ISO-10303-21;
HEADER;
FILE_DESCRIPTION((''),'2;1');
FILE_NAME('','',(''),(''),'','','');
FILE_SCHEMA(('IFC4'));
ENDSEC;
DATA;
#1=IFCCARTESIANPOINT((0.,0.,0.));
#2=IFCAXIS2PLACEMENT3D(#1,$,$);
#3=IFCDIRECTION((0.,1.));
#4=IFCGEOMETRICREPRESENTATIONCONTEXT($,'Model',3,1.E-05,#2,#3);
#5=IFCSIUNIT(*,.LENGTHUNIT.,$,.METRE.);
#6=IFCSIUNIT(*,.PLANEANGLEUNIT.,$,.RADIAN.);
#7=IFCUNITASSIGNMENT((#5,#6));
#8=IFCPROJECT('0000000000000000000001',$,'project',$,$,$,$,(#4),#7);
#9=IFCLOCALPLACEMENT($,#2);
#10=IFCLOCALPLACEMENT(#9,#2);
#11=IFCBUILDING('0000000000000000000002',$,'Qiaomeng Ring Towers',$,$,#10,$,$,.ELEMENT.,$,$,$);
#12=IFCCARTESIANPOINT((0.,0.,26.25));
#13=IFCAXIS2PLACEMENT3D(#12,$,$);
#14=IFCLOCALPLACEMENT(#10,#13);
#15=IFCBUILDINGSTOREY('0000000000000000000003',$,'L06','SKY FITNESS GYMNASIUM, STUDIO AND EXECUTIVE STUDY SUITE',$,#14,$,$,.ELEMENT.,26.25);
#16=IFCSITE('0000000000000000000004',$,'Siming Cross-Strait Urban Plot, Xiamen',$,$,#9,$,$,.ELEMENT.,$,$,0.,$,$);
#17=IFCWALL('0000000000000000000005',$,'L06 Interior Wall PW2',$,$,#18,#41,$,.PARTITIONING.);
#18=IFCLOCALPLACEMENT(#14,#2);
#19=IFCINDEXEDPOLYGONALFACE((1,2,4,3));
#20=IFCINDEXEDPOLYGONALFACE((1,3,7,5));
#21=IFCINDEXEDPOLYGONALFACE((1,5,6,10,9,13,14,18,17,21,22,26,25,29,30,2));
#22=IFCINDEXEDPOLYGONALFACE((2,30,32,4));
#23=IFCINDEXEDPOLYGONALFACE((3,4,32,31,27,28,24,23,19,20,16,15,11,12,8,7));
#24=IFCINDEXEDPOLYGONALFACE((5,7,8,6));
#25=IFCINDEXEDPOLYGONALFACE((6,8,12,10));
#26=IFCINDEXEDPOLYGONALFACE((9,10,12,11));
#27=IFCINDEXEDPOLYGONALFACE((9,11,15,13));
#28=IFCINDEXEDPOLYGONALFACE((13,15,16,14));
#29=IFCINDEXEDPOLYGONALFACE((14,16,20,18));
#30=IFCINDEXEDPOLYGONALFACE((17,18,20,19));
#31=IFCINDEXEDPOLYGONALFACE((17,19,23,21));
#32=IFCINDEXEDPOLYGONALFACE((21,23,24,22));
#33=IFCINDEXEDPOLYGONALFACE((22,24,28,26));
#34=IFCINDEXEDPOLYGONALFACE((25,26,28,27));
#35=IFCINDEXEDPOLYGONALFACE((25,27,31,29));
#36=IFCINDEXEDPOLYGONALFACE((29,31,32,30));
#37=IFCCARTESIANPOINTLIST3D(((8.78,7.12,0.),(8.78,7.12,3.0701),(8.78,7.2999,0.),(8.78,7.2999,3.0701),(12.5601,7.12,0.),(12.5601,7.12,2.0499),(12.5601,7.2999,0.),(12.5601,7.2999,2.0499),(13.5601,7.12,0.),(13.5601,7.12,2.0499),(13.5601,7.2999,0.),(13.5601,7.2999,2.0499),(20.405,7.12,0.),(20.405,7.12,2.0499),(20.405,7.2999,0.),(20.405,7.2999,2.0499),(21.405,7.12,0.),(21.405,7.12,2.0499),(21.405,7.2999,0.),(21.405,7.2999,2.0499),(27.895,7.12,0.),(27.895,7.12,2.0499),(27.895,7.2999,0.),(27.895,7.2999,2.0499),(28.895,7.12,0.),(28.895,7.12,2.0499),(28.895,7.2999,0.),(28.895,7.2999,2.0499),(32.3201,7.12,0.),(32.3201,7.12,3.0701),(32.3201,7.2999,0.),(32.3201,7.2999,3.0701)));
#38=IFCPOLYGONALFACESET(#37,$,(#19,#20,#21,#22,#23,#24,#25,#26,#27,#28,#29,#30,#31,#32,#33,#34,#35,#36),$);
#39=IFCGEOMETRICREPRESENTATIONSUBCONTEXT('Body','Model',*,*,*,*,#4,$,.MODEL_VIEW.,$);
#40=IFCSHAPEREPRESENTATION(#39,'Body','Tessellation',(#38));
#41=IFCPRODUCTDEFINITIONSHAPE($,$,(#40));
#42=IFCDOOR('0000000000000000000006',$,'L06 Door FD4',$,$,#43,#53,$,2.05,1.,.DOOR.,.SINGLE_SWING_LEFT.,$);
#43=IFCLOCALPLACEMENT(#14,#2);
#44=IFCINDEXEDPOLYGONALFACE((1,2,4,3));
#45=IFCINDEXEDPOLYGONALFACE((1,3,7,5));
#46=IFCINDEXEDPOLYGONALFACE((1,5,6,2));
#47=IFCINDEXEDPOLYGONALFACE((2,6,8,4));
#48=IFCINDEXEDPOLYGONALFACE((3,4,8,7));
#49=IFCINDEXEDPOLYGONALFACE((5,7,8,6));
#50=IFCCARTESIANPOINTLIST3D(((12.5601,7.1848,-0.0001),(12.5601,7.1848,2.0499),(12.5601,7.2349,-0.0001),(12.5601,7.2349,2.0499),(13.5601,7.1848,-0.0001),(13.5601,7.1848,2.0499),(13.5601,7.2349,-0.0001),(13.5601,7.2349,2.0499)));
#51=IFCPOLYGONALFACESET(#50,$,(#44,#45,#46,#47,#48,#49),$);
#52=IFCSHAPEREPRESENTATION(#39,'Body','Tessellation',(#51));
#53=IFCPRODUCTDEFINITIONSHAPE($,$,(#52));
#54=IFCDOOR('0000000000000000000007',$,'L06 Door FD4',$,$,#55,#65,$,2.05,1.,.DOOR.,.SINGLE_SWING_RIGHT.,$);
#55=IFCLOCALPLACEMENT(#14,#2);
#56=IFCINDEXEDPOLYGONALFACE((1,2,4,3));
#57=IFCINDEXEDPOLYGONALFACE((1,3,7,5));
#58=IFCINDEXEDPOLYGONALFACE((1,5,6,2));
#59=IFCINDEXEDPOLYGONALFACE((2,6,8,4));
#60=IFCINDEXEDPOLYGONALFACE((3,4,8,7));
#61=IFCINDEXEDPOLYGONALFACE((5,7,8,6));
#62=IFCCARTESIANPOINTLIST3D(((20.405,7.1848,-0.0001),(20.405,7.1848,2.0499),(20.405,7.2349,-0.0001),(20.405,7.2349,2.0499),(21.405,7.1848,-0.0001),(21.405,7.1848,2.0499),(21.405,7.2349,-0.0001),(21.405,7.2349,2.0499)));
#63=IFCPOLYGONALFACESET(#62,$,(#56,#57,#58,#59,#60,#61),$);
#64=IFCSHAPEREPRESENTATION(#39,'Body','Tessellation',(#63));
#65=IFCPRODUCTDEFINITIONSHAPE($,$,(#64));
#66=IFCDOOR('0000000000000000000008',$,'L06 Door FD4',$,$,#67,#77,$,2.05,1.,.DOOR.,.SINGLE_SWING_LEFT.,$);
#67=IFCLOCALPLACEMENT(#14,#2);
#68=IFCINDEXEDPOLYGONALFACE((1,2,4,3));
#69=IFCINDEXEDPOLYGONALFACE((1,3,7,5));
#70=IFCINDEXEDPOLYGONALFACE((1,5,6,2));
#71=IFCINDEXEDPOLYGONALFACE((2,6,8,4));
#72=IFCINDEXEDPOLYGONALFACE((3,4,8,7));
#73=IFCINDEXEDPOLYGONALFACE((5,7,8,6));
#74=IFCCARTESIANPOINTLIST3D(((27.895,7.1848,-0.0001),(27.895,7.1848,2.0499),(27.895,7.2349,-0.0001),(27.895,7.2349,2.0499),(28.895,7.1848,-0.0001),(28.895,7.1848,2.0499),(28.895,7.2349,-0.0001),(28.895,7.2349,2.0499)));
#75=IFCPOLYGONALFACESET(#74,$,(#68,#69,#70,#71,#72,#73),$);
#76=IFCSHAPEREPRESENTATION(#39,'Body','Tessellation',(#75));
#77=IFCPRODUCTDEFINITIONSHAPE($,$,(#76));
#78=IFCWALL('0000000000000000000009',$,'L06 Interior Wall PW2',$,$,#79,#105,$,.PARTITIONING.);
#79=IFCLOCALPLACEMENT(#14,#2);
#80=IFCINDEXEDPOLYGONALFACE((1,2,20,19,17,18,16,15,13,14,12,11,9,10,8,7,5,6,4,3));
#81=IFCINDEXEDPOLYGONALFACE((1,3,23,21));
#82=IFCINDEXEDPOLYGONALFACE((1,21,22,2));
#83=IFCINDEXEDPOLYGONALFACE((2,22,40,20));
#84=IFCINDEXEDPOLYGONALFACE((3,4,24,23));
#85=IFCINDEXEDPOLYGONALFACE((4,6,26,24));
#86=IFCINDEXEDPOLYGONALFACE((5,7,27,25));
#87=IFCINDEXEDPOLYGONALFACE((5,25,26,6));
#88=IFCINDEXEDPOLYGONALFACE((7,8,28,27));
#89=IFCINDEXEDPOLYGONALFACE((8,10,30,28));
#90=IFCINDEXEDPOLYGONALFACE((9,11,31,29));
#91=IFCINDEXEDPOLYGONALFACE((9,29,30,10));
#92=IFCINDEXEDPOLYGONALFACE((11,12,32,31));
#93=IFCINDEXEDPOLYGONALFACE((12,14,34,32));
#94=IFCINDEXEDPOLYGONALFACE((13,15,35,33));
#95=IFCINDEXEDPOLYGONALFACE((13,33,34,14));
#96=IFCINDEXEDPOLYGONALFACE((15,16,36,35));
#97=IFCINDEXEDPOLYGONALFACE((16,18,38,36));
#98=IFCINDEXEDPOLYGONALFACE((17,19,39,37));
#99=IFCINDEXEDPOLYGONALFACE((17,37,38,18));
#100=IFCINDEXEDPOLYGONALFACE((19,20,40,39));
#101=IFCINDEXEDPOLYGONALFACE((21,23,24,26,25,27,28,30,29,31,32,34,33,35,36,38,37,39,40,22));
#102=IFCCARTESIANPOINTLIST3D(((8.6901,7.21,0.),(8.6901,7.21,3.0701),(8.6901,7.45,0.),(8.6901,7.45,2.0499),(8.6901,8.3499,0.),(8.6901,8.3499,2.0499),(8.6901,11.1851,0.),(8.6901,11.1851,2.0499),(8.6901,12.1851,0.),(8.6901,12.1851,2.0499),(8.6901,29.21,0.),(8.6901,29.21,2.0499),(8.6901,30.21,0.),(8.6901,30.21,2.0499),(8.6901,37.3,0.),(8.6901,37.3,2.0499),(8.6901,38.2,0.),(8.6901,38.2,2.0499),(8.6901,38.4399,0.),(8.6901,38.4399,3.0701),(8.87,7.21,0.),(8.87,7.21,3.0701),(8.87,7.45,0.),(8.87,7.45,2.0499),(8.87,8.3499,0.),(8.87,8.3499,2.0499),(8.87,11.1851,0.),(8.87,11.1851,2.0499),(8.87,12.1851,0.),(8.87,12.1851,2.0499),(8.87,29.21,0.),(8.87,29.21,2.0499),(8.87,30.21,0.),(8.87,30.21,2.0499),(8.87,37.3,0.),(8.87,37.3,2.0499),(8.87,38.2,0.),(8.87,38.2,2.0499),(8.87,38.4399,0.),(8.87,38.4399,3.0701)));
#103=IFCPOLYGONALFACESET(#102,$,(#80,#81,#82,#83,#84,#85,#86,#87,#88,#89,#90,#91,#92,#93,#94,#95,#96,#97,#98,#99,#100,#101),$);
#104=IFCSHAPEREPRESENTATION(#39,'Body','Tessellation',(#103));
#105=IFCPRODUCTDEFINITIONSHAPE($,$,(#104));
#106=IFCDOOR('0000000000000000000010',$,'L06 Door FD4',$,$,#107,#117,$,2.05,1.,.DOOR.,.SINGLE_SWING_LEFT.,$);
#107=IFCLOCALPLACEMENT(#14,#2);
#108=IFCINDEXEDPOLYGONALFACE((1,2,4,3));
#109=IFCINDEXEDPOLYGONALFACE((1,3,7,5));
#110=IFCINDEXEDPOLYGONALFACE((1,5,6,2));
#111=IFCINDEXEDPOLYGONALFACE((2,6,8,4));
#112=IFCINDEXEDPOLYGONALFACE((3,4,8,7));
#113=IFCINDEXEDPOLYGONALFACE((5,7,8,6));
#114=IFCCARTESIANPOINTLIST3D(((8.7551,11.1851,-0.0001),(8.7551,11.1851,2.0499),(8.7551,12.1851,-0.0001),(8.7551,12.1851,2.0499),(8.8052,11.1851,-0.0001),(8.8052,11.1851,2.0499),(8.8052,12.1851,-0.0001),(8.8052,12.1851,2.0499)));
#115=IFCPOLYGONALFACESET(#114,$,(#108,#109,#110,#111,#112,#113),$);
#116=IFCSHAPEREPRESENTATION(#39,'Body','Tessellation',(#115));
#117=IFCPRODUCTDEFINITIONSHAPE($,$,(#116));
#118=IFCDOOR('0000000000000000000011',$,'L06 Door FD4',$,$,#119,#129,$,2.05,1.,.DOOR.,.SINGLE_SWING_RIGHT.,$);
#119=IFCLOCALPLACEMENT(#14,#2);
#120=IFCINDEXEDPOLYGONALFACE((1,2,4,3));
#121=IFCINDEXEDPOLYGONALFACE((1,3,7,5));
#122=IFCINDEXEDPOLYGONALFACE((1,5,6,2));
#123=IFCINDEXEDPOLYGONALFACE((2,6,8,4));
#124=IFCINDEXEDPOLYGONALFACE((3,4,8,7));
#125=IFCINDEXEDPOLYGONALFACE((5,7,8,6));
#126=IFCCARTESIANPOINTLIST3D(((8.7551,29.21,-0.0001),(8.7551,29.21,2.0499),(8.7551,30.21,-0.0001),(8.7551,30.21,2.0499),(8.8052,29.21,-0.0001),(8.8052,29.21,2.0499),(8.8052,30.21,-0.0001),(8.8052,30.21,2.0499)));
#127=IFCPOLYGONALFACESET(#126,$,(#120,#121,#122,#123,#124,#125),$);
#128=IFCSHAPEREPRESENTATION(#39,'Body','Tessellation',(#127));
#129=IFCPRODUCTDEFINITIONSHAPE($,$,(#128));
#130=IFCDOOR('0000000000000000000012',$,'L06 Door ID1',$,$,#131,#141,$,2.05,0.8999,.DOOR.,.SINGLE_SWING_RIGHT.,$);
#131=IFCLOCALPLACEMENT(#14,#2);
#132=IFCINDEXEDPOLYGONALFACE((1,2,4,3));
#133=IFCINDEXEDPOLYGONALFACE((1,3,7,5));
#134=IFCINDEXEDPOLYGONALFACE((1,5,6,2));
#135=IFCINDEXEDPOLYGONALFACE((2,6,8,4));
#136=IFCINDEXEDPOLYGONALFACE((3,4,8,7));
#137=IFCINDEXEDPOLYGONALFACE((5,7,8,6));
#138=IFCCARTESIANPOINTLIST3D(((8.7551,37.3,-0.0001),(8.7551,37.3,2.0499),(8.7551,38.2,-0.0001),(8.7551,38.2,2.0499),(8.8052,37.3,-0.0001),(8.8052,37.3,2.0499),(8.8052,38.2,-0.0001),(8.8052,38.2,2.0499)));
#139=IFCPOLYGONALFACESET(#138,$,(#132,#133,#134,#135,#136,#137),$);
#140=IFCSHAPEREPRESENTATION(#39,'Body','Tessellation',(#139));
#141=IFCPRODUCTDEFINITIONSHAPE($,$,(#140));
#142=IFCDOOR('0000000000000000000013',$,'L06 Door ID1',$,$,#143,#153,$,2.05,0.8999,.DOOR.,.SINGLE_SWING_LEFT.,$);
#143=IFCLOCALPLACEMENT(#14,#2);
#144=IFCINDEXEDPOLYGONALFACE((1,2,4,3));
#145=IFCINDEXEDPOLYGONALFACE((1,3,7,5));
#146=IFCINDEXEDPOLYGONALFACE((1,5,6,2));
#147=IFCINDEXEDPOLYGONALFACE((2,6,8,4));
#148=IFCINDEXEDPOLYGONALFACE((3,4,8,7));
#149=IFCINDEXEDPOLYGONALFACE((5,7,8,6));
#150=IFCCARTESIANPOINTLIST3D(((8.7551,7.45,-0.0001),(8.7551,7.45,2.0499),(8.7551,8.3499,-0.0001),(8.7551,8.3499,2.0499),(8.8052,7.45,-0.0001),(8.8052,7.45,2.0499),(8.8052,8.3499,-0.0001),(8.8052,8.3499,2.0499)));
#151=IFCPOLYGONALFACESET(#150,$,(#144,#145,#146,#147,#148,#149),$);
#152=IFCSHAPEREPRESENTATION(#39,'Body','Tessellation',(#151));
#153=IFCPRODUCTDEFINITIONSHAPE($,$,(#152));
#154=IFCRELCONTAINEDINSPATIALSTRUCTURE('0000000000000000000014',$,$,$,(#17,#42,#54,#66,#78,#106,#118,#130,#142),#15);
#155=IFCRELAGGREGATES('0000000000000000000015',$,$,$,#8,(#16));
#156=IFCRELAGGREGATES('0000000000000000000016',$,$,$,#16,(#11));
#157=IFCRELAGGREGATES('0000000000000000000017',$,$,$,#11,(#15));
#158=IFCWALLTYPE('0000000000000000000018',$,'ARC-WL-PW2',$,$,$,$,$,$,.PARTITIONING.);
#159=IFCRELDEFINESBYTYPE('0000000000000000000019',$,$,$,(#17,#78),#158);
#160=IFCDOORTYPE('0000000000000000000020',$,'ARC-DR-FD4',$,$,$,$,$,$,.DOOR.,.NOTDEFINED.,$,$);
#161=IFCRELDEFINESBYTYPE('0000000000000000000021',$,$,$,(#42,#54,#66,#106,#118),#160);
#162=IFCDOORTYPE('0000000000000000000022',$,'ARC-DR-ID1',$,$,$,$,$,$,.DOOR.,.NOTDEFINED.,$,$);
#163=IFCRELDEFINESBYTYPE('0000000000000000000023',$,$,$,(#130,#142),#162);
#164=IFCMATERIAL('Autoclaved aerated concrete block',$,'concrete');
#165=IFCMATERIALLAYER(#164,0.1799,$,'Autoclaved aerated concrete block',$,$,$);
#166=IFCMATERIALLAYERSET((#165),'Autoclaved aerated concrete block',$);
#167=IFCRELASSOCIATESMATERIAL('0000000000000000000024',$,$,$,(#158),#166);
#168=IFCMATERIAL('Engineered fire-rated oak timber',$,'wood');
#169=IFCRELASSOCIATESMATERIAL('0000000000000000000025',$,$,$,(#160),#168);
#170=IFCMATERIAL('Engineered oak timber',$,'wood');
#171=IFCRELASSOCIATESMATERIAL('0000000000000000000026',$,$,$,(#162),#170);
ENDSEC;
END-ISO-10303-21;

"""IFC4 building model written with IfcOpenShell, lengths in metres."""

from ifc_helpers import new_model, si_unit, direction, frame, frame_2d, origin, place, context, subcontext, project, spatial, rectangle, extrude, source, transform, mapped, material, layer, layer_set, type_object, element, fill, save


model = new_model("IFC4")

# Units and contexts
model_context = context("Model", 3, precision=1e-05, world=origin(), true_north=direction((0.0, 1.0)))
body_context = subcontext(model_context, "Body", "Model", "MODEL_VIEW")
ifc_project = project(units=[si_unit("LENGTHUNIT", "METRE"), si_unit("PLANEANGLEUNIT", "RADIAN")], contexts=[model_context])

# Site, building, storey
site_placement = place(None, origin())
site = spatial("IfcSite", under=ifc_project, at=site_placement, Name="Siming Cross-Strait Urban Plot, Xiamen", CompositionType="ELEMENT", RefElevation=0.0)
building_placement = place(site_placement, origin())
building = spatial("IfcBuilding", under=site, at=building_placement, Name="Qiaomeng Ring Towers", CompositionType="ELEMENT")
storey_placement = place(building_placement, frame((0.0, 0.0, 26.25)))
storey = spatial("IfcBuildingStorey", under=building, at=storey_placement, Name="L06", Description="SKY FITNESS GYMNASIUM, STUDIO AND EXECUTIVE STUDY SUITE", CompositionType="ELEMENT", Elevation=26.25)

# Walls, openings, doors
ifc_material_1 = material(Name="Autoclaved aerated concrete block", Category="concrete")
ifc_layer_1 = layer(ifc_material_1, 0.1799, Name="Autoclaved aerated concrete block")
ifc_layer_set_1 = layer_set([ifc_layer_1], Name="Autoclaved aerated concrete block")
wall_type_1 = type_object("IfcWallType", Name="ARC-WL-PW2", PredefinedType="PARTITIONING", material=ifc_layer_set_1)
wall_1_placement = place(storey_placement, frame((8.78, 7.21, 0.0), z_axis=(0.0, 0.0, 1.0), x_axis=(1.0, 0.0, 0.0)))
wall_1 = element("IfcWall", 1, at=wall_1_placement, inside=storey, type_object=wall_type_1, Name="L06 Interior Wall PW2", PredefinedType="PARTITIONING", context=body_context, shape_type="SweptSolid", body=[
    extrude(rectangle(XDim=23.54, YDim=0.1799, at=frame_2d((11.77, 0.0))), origin(), (0.0, 0.0, 1.0), 3.0701),
])
opening_1_placement = place(wall_1_placement, frame((3.78, 0.0, 0.0)))
opening_1 = element("IfcOpeningElement", 2, at=opening_1_placement, cuts=wall_1, PredefinedType="OPENING", context=body_context, shape_type="SweptSolid", body=[
    extrude(rectangle(XDim=1.0, YDim=2.05, at=frame_2d((0.5, 1.0249))), frame((0.0, 0.0999, 0.0), z_axis=(0.0, -1.0, 0.0), x_axis=(1.0, 0.0, 0.0)), (0.0, 0.0, 1.0), 0.2),
])
opening_2_placement = place(wall_1_placement, frame((11.625, 0.0, 0.0)))
opening_2 = element("IfcOpeningElement", 3, at=opening_2_placement, cuts=wall_1, PredefinedType="OPENING", context=body_context, shape_type="SweptSolid", body=[
    extrude(rectangle(XDim=1.0, YDim=2.05, at=frame_2d((0.5, 1.0249))), frame((0.0, 0.0999, 0.0), z_axis=(0.0, -1.0, 0.0), x_axis=(1.0, 0.0, 0.0)), (0.0, 0.0, 1.0), 0.2),
])
opening_3_placement = place(wall_1_placement, frame((19.115, 0.0, 0.0)))
opening_3 = element("IfcOpeningElement", 4, at=opening_3_placement, cuts=wall_1, PredefinedType="OPENING", context=body_context, shape_type="SweptSolid", body=[
    extrude(rectangle(XDim=1.0, YDim=2.05, at=frame_2d((0.5, 1.0249))), frame((0.0, 0.0999, 0.0), z_axis=(0.0, -1.0, 0.0), x_axis=(1.0, 0.0, 0.0)), (0.0, 0.0, 1.0), 0.2),
])
ifc_material_2 = material(Name="Engineered fire-rated oak timber", Category="wood")
door_type_1 = type_object("IfcDoorType", Name="ARC-DR-FD4", OperationType="NOTDEFINED", PredefinedType="DOOR", material=ifc_material_2)
shared_shape_1 = source(origin(), body_context, "Body", "SweptSolid", [
    extrude(rectangle(XDim=1.0, YDim=2.05, at=frame_2d((0.5, 1.0249))), frame((0.0, 0.0249, 0.0), z_axis=(0.0, -1.0, 0.0), x_axis=(1.0, 0.0, 0.0)), (0.0, 0.0, 1.0), 0.05),
])
door_1_placement = place(opening_1_placement, origin())
door_1 = element("IfcDoor", 5, at=door_1_placement, inside=storey, type_object=door_type_1, Name="L06 Door FD4", OperationType="SINGLE_SWING_LEFT", OverallHeight=2.05, OverallWidth=1.0, PredefinedType="DOOR", context=body_context, shape_type="MappedRepresentation", body=[
    mapped(shared_shape_1, transform((0.0, 0.0, 0.0), x_axis=(1.0, 0.0, 0.0), y_axis=(0.0, 1.0, 0.0), z_axis=(0.0, 0.0, 1.0), scale=1.0)),
])
fill(opening_1, door_1)
door_2_placement = place(opening_2_placement, origin())
door_2 = element("IfcDoor", 6, at=door_2_placement, inside=storey, type_object=door_type_1, Name="L06 Door FD4", OperationType="SINGLE_SWING_RIGHT", OverallHeight=2.05, OverallWidth=1.0, PredefinedType="DOOR", context=body_context, shape_type="MappedRepresentation", body=[
    mapped(shared_shape_1, transform((0.0, 0.0, 0.0), x_axis=(1.0, 0.0, 0.0), y_axis=(0.0, 1.0, 0.0), z_axis=(0.0, 0.0, 1.0), scale=1.0)),
])
fill(opening_2, door_2)
door_3_placement = place(opening_3_placement, origin())
door_3 = element("IfcDoor", 7, at=door_3_placement, inside=storey, type_object=door_type_1, Name="L06 Door FD4", OperationType="SINGLE_SWING_LEFT", OverallHeight=2.05, OverallWidth=1.0, PredefinedType="DOOR", context=body_context, shape_type="MappedRepresentation", body=[
    mapped(shared_shape_1, transform((0.0, 0.0, 0.0), x_axis=(1.0, 0.0, 0.0), y_axis=(0.0, 1.0, 0.0), z_axis=(0.0, 0.0, 1.0), scale=1.0)),
])
fill(opening_3, door_3)
wall_2_placement = place(storey_placement, frame((8.78, 7.21, 0.0), z_axis=(0.0, 0.0, 1.0), x_axis=(0.0, 1.0, 0.0)))
wall_2 = element("IfcWall", 8, at=wall_2_placement, inside=storey, type_object=wall_type_1, Name="L06 Interior Wall PW2", PredefinedType="PARTITIONING", context=body_context, shape_type="SweptSolid", body=[
    extrude(rectangle(XDim=31.23, YDim=0.1799, at=frame_2d((15.615, 0.0))), origin(), (0.0, 0.0, 1.0), 3.0701),
])
opening_4_placement = place(wall_2_placement, frame((30.0901, 0.0, 0.0)))
opening_4 = element("IfcOpeningElement", 9, at=opening_4_placement, cuts=wall_2, PredefinedType="OPENING", context=body_context, shape_type="SweptSolid", body=[
    extrude(rectangle(XDim=0.8999, YDim=2.05, at=frame_2d((0.45, 1.0249))), frame((0.0, 0.0999, 0.0), z_axis=(0.0, -1.0, 0.0), x_axis=(1.0, 0.0, 0.0)), (0.0, 0.0, 1.0), 0.2),
])
opening_5_placement = place(wall_2_placement, frame((0.24, 0.0, 0.0)))
opening_5 = element("IfcOpeningElement", 10, at=opening_5_placement, cuts=wall_2, PredefinedType="OPENING", context=body_context, shape_type="SweptSolid", body=[
    extrude(rectangle(XDim=0.8999, YDim=2.05, at=frame_2d((0.45, 1.0249))), frame((0.0, 0.0999, 0.0), z_axis=(0.0, -1.0, 0.0), x_axis=(1.0, 0.0, 0.0)), (0.0, 0.0, 1.0), 0.2),
])
opening_6_placement = place(wall_2_placement, frame((3.9751, 0.0, 0.0)))
opening_6 = element("IfcOpeningElement", 11, at=opening_6_placement, cuts=wall_2, PredefinedType="OPENING", context=body_context, shape_type="SweptSolid", body=[
    extrude(rectangle(XDim=1.0, YDim=2.05, at=frame_2d((0.5, 1.0249))), frame((0.0, 0.0999, 0.0), z_axis=(0.0, -1.0, 0.0), x_axis=(1.0, 0.0, 0.0)), (0.0, 0.0, 1.0), 0.2),
])
opening_7_placement = place(wall_2_placement, frame((22.0, 0.0, 0.0)))
opening_7 = element("IfcOpeningElement", 12, at=opening_7_placement, cuts=wall_2, PredefinedType="OPENING", context=body_context, shape_type="SweptSolid", body=[
    extrude(rectangle(XDim=1.0, YDim=2.05, at=frame_2d((0.5, 1.0249))), frame((0.0, 0.0999, 0.0), z_axis=(0.0, -1.0, 0.0), x_axis=(1.0, 0.0, 0.0)), (0.0, 0.0, 1.0), 0.2),
])
door_4_placement = place(opening_6_placement, origin())
door_4 = element("IfcDoor", 13, at=door_4_placement, inside=storey, type_object=door_type_1, Name="L06 Door FD4", OperationType="SINGLE_SWING_LEFT", OverallHeight=2.05, OverallWidth=1.0, PredefinedType="DOOR", context=body_context, shape_type="MappedRepresentation", body=[
    mapped(shared_shape_1, transform((0.0, 0.0, 0.0), x_axis=(1.0, 0.0, 0.0), y_axis=(0.0, 1.0, 0.0), z_axis=(0.0, 0.0, 1.0), scale=1.0)),
])
fill(opening_6, door_4)
door_5_placement = place(opening_7_placement, origin())
door_5 = element("IfcDoor", 14, at=door_5_placement, inside=storey, type_object=door_type_1, Name="L06 Door FD4", OperationType="SINGLE_SWING_RIGHT", OverallHeight=2.05, OverallWidth=1.0, PredefinedType="DOOR", context=body_context, shape_type="MappedRepresentation", body=[
    mapped(shared_shape_1, transform((0.0, 0.0, 0.0), x_axis=(1.0, 0.0, 0.0), y_axis=(0.0, 1.0, 0.0), z_axis=(0.0, 0.0, 1.0), scale=1.0)),
])
fill(opening_7, door_5)
ifc_material_3 = material(Name="Engineered oak timber", Category="wood")
door_type_2 = type_object("IfcDoorType", Name="ARC-DR-ID1", OperationType="NOTDEFINED", PredefinedType="DOOR", material=ifc_material_3)
shared_shape_2 = source(origin(), body_context, "Body", "SweptSolid", [
    extrude(rectangle(XDim=0.8999, YDim=2.05, at=frame_2d((0.45, 1.0249))), frame((0.0, 0.0249, 0.0), z_axis=(0.0, -1.0, 0.0), x_axis=(1.0, 0.0, 0.0)), (0.0, 0.0, 1.0), 0.05),
])
door_6_placement = place(opening_4_placement, origin())
door_6 = element("IfcDoor", 15, at=door_6_placement, inside=storey, type_object=door_type_2, Name="L06 Door ID1", OperationType="SINGLE_SWING_RIGHT", OverallHeight=2.05, OverallWidth=0.8999, PredefinedType="DOOR", context=body_context, shape_type="MappedRepresentation", body=[
    mapped(shared_shape_2, transform((0.0, 0.0, 0.0), x_axis=(1.0, 0.0, 0.0), y_axis=(0.0, 1.0, 0.0), z_axis=(0.0, 0.0, 1.0), scale=1.0)),
])
fill(opening_4, door_6)
door_7_placement = place(opening_5_placement, origin())
door_7 = element("IfcDoor", 16, at=door_7_placement, inside=storey, type_object=door_type_2, Name="L06 Door ID1", OperationType="SINGLE_SWING_LEFT", OverallHeight=2.05, OverallWidth=0.8999, PredefinedType="DOOR", context=body_context, shape_type="MappedRepresentation", body=[
    mapped(shared_shape_2, transform((0.0, 0.0, 0.0), x_axis=(1.0, 0.0, 0.0), y_axis=(0.0, 1.0, 0.0), z_axis=(0.0, 0.0, 1.0), scale=1.0)),
])
fill(opening_5, door_7)

save(model, "model.ifc")
